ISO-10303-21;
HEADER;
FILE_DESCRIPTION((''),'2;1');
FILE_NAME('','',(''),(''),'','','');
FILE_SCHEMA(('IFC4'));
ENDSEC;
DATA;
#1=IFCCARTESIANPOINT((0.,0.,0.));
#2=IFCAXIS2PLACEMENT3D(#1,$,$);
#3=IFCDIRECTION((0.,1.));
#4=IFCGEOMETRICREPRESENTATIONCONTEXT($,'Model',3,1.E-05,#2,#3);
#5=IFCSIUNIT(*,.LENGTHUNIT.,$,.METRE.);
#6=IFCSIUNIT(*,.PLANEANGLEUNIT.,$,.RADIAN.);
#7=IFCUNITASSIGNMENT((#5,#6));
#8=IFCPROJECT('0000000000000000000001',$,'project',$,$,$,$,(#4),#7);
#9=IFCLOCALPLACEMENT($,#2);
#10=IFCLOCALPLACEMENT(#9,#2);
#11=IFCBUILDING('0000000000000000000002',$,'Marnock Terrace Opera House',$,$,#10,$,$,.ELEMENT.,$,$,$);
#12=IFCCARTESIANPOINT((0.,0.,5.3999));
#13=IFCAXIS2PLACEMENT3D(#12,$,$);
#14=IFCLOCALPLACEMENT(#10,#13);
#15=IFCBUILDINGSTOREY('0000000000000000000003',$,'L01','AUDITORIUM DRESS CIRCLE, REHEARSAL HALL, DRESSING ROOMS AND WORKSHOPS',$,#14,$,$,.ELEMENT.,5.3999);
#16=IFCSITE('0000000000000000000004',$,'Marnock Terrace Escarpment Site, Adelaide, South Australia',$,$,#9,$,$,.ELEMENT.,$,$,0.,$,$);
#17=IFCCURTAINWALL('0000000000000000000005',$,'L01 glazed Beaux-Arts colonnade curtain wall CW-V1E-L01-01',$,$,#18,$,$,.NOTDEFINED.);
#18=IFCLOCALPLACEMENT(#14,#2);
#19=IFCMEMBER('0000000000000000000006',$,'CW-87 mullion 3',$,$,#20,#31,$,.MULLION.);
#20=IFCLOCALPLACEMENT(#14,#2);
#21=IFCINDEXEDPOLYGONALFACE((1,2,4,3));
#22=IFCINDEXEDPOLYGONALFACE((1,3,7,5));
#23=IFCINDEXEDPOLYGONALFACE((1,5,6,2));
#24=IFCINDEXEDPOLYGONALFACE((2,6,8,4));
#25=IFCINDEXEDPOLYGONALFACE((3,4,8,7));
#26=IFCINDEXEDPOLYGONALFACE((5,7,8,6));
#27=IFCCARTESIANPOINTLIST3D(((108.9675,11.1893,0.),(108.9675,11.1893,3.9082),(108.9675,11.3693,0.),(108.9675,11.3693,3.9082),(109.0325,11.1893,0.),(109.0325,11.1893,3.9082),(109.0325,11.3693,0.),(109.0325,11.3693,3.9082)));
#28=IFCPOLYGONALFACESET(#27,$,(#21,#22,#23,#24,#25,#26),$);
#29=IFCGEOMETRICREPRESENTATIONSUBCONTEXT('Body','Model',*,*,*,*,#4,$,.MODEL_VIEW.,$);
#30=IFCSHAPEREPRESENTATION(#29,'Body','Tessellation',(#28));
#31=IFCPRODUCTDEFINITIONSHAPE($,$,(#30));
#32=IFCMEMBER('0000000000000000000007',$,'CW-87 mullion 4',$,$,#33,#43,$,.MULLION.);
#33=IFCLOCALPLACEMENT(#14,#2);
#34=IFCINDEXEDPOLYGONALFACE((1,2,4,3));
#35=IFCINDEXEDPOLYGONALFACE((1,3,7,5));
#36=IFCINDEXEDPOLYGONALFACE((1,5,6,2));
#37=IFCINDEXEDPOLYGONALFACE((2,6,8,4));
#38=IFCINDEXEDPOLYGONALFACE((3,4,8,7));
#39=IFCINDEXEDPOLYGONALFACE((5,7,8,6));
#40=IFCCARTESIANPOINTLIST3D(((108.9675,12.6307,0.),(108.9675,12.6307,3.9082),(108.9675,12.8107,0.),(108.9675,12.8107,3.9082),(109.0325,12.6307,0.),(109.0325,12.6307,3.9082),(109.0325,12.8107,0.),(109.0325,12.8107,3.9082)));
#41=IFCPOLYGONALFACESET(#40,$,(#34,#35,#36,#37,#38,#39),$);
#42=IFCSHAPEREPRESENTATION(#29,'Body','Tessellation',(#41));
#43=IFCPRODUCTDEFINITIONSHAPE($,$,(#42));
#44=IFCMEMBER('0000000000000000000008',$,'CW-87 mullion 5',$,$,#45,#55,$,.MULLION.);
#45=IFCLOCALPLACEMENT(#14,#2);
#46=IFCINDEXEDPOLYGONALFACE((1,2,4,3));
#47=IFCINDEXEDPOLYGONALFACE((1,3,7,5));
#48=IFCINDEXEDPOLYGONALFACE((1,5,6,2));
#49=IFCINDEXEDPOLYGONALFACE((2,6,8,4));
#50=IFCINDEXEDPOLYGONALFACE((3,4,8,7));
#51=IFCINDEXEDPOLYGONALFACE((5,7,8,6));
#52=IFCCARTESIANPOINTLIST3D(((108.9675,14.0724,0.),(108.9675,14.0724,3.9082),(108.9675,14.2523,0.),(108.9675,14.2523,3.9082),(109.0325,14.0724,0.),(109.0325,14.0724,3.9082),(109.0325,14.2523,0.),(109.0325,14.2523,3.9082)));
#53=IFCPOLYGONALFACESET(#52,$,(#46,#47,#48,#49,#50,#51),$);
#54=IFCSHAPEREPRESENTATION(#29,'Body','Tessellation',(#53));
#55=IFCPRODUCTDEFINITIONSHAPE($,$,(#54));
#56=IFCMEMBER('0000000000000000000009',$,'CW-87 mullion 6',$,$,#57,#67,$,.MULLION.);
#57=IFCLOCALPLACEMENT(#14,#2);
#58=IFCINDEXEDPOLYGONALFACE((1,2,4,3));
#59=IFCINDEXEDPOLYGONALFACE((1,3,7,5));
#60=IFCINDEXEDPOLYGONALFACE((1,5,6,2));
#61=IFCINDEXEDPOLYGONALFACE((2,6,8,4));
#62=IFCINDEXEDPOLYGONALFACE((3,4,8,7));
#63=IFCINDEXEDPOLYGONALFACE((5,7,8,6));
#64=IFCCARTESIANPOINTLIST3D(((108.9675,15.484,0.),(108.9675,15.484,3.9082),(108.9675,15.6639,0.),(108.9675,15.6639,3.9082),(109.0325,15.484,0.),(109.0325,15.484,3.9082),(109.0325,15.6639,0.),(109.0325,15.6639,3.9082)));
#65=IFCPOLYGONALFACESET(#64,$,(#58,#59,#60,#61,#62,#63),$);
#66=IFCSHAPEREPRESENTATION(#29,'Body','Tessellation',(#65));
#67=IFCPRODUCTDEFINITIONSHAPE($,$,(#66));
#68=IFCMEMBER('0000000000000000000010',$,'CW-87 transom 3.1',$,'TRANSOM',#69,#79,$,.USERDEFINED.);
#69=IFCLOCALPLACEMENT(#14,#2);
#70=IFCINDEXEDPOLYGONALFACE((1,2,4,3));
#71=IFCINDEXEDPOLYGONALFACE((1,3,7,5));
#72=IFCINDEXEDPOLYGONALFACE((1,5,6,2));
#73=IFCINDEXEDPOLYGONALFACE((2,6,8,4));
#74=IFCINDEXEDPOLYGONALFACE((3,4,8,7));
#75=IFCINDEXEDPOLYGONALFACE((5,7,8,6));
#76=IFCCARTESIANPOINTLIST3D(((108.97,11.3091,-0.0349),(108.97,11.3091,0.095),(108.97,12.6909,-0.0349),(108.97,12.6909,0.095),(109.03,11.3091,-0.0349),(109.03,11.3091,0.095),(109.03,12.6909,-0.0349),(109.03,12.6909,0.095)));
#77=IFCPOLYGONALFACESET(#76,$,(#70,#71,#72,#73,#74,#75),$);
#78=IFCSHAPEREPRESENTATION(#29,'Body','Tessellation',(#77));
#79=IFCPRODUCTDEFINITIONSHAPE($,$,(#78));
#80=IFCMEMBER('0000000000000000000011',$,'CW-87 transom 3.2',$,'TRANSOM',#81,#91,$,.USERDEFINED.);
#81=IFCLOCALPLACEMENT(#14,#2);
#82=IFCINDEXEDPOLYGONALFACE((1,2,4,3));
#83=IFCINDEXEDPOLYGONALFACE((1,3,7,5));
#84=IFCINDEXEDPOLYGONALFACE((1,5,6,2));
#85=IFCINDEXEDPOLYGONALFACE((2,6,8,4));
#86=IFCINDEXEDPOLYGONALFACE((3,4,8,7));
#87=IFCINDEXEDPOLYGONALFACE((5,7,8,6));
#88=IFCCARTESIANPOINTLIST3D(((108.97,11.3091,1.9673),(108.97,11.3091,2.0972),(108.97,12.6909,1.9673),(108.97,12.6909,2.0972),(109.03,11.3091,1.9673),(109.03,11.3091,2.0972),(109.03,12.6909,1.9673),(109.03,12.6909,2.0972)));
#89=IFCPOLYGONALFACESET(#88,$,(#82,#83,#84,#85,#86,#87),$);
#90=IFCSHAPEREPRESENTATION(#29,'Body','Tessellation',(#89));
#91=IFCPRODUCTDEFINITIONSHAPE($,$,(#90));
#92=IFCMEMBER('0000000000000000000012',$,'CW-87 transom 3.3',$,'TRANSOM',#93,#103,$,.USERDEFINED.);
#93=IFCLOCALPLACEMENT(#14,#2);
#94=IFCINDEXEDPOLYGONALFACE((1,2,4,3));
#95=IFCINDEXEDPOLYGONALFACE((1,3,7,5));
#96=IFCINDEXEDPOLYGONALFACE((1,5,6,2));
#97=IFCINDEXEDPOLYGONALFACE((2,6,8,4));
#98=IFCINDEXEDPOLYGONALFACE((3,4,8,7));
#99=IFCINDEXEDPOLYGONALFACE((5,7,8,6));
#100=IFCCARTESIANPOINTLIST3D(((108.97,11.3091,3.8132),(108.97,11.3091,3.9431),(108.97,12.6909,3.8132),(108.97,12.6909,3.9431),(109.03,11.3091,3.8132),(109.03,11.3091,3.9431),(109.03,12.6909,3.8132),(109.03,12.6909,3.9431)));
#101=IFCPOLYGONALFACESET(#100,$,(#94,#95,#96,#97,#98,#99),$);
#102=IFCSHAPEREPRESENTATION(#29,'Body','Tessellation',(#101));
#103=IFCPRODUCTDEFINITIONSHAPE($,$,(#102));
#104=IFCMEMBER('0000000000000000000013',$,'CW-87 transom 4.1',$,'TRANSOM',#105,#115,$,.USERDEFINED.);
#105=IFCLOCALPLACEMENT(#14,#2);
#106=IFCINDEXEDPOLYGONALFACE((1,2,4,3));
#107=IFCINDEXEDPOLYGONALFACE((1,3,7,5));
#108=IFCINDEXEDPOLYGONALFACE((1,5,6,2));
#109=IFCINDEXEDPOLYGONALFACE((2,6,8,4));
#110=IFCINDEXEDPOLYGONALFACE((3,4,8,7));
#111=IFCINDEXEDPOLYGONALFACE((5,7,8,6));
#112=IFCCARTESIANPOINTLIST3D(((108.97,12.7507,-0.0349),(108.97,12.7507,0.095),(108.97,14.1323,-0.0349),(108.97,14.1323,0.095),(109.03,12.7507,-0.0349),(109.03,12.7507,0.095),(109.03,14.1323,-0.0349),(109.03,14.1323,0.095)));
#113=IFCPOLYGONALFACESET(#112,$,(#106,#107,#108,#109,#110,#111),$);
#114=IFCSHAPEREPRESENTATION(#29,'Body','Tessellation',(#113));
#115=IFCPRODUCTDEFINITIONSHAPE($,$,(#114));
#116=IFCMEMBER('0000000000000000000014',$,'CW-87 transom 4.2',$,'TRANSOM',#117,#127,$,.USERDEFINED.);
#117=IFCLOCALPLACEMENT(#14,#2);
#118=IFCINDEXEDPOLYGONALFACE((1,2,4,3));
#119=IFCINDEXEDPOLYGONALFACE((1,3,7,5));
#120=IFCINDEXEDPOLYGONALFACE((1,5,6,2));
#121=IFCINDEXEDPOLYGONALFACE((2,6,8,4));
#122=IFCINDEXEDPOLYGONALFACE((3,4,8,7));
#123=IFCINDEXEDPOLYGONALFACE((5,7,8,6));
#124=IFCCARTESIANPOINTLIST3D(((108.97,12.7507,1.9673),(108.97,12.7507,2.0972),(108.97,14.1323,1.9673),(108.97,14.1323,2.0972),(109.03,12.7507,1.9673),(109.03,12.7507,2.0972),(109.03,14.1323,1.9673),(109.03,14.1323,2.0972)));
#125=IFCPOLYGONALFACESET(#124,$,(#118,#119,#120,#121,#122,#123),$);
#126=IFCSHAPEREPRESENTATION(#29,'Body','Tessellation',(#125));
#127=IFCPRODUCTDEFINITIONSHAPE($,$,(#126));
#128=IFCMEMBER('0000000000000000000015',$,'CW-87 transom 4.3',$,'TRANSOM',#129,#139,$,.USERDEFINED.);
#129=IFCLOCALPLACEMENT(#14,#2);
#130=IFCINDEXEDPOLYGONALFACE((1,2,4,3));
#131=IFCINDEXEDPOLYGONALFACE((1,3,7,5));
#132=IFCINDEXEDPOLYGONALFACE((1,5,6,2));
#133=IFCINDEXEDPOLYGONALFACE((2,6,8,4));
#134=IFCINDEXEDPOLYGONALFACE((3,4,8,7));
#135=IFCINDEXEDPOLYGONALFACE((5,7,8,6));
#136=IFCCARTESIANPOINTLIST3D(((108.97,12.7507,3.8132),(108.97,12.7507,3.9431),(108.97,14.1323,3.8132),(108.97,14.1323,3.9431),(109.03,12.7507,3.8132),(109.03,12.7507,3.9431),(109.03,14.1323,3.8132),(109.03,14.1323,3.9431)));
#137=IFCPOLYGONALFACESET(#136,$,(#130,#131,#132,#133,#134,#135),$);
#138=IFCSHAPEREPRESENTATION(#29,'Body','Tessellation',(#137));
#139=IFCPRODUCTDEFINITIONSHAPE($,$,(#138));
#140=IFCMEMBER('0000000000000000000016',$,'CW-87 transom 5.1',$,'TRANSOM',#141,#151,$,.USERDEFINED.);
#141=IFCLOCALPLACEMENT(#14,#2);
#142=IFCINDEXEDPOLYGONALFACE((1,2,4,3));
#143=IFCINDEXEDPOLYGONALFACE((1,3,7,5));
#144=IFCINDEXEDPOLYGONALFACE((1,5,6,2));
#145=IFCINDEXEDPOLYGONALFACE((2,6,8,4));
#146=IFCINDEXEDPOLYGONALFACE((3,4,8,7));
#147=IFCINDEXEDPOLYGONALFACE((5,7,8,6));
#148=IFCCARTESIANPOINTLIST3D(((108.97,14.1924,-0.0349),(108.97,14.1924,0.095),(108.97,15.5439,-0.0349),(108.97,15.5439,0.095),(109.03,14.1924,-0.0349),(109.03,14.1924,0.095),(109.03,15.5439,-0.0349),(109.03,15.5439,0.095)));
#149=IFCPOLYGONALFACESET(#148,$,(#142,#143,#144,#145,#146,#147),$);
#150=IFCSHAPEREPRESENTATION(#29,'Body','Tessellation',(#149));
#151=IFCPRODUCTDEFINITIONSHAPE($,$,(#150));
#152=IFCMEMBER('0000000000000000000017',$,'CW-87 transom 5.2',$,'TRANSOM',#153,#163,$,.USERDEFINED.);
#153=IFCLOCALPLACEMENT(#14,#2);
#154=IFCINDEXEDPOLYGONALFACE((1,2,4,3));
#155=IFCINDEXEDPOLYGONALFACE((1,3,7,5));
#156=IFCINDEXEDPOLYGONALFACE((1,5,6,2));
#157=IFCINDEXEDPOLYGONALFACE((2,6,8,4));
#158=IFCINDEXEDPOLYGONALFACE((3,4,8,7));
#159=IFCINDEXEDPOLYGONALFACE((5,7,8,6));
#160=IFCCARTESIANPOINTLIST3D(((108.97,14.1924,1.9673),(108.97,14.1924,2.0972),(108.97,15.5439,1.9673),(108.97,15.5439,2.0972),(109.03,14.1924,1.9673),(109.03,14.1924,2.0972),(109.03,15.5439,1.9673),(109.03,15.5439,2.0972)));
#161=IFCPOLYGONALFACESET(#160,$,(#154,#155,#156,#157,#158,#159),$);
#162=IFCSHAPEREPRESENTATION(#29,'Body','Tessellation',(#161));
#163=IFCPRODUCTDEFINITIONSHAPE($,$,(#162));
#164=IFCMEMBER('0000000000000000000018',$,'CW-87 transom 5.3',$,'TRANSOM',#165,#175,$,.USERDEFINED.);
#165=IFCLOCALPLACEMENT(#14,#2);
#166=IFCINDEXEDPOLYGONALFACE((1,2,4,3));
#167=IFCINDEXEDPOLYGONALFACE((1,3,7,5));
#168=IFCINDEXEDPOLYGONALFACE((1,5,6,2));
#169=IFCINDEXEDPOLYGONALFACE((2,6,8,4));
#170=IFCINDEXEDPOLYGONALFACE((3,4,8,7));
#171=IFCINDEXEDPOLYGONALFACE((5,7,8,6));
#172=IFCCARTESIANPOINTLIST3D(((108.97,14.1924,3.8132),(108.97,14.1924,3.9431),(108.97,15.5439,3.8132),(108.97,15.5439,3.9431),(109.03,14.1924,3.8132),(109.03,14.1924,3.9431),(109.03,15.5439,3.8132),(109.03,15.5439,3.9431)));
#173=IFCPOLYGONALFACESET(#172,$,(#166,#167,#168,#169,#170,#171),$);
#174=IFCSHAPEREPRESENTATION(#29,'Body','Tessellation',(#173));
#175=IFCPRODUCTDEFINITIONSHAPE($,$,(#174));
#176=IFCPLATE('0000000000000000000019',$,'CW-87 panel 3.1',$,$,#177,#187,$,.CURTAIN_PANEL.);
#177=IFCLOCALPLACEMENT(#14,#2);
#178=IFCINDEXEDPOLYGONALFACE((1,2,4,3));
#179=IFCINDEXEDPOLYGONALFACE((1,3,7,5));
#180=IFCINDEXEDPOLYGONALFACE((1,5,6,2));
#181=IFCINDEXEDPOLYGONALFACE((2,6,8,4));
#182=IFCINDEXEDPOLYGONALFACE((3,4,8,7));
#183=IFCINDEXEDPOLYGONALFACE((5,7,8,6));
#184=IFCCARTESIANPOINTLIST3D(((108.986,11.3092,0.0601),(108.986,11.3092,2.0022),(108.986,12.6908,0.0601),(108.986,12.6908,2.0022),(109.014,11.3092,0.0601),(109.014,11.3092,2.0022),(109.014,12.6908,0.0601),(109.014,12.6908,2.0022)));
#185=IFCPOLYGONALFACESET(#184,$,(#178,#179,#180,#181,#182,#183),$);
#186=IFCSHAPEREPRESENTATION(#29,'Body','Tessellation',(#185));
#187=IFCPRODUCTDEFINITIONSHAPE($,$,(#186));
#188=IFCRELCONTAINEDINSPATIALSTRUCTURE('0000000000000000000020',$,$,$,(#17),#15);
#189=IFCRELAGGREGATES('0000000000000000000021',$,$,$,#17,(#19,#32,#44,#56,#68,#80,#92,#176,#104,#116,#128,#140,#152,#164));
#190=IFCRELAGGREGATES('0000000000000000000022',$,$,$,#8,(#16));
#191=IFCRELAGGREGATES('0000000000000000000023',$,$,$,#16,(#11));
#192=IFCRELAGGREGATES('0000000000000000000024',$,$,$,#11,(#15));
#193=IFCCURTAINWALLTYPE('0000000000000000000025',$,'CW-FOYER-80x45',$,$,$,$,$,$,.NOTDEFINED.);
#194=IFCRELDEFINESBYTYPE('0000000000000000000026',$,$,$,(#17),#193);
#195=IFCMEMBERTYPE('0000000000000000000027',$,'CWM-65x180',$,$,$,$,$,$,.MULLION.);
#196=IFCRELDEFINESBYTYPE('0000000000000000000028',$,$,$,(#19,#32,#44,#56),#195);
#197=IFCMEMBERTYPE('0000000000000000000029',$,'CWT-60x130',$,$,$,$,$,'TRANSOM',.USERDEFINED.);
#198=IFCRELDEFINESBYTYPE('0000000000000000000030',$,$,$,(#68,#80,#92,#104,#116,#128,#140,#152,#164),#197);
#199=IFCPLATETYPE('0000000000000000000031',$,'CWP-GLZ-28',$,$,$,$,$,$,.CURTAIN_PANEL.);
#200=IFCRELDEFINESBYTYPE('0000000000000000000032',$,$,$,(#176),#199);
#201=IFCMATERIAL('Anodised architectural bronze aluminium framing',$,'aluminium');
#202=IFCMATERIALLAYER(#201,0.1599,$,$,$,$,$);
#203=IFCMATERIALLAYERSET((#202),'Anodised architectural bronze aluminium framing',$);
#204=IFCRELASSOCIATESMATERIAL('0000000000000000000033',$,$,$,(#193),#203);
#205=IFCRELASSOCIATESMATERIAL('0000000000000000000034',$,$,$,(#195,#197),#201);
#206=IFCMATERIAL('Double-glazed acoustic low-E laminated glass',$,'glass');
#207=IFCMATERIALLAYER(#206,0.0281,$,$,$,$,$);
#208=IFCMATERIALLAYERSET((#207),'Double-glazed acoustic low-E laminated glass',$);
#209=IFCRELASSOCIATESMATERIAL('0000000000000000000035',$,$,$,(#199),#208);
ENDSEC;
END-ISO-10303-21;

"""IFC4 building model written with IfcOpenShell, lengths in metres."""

from ifc_helpers import new_model, si_unit, direction, frame, origin, origin_2d, place, context, subcontext, project, spatial, rectangle, extrude, material, layer, layer_set, material_profile, profile_set, type_object, element, aggregate, save


model = new_model("IFC4")

# Units and contexts
model_context = context("Model", 3, precision=1e-05, world=origin(), true_north=direction((0.0, 1.0)))
body_context = subcontext(model_context, "Body", "Model", "MODEL_VIEW")
ifc_project = project(units=[si_unit("LENGTHUNIT", "METRE"), si_unit("PLANEANGLEUNIT", "RADIAN")], contexts=[model_context])

# Site, building, storey
site_placement = place(None, origin())
site = spatial("IfcSite", under=ifc_project, at=site_placement, Name="Marnock Terrace Escarpment Site, Adelaide, South Australia", CompositionType="ELEMENT", RefElevation=0.0)
building_placement = place(site_placement, origin())
building = spatial("IfcBuilding", under=site, at=building_placement, Name="Marnock Terrace Opera House", CompositionType="ELEMENT")
storey_placement = place(building_placement, frame((0.0, 0.0, 5.3999)))
storey = spatial("IfcBuildingStorey", under=building, at=storey_placement, Name="L01", Description="AUDITORIUM DRESS CIRCLE, REHEARSAL HALL, DRESSING ROOMS AND WORKSHOPS", CompositionType="ELEMENT", Elevation=5.3999)

# Curtain wall, members, plate
ifc_material_1 = material(Name="Anodised architectural bronze aluminium framing", Category="aluminium")
ifc_layer_1 = layer(ifc_material_1, 0.1599)
ifc_layer_set_1 = layer_set([ifc_layer_1], Name="Anodised architectural bronze aluminium framing")
curtain_wall_type = type_object("IfcCurtainWallType", Name="CW-FOYER-80x45", PredefinedType="NOTDEFINED", material=ifc_layer_set_1)
curtain_wall_placement = place(storey_placement, origin())
curtain_wall = element("IfcCurtainWall", 1, at=curtain_wall_placement, inside=storey, type_object=curtain_wall_type, Name="L01 glazed Beaux-Arts colonnade curtain wall CW-V1E-L01-01", PredefinedType="NOTDEFINED")
ifc_material_profile_1 = material_profile(ifc_material_1, rectangle(XDim=0.0649, YDim=0.1799, at=origin_2d()))
ifc_profile_set_1 = profile_set([ifc_material_profile_1], Name="Anodised architectural bronze aluminium framing")
member_type_1 = type_object("IfcMemberType", Name="CWM-65x180", PredefinedType="MULLION", material=ifc_profile_set_1)
member_1_placement = place(storey_placement, frame((109.0, 11.2793, 0.0), z_axis=(0.0, 0.0, 1.0), x_axis=(-1.0, 0.0, 0.0)))
member_1 = element("IfcMember", 2, at=member_1_placement, type_object=member_type_1, Name="CW-87 mullion 3", PredefinedType="MULLION", context=body_context, shape_type="SweptSolid", body=[
    extrude(rectangle(XDim=0.0649, YDim=0.1799, at=origin_2d()), origin(), (0.0, 0.0, 1.0), 3.9082),
])
member_2_placement = place(storey_placement, frame((109.0, 12.7207, 0.0), z_axis=(0.0, 0.0, 1.0), x_axis=(-1.0, 0.0, 0.0)))
member_2 = element("IfcMember", 3, at=member_2_placement, type_object=member_type_1, Name="CW-87 mullion 4", PredefinedType="MULLION", context=body_context, shape_type="SweptSolid", body=[
    extrude(rectangle(XDim=0.0649, YDim=0.1799, at=origin_2d()), origin(), (0.0, 0.0, 1.0), 3.9082),
])
member_3_placement = place(storey_placement, frame((109.0, 14.1624, 0.0), z_axis=(0.0, 0.0, 1.0), x_axis=(-1.0, 0.0, 0.0)))
member_3 = element("IfcMember", 4, at=member_3_placement, type_object=member_type_1, Name="CW-87 mullion 5", PredefinedType="MULLION", context=body_context, shape_type="SweptSolid", body=[
    extrude(rectangle(XDim=0.0649, YDim=0.1799, at=origin_2d()), origin(), (0.0, 0.0, 1.0), 3.9082),
])
member_4_placement = place(storey_placement, frame((109.0, 15.574, 0.0), z_axis=(0.0, 0.0, 1.0), x_axis=(-1.0, 0.0, 0.0)))
member_4 = element("IfcMember", 5, at=member_4_placement, type_object=member_type_1, Name="CW-87 mullion 6", PredefinedType="MULLION", context=body_context, shape_type="SweptSolid", body=[
    extrude(rectangle(XDim=0.0649, YDim=0.1799, at=origin_2d()), origin(), (0.0, 0.0, 1.0), 3.9082),
])
ifc_material_profile_2 = material_profile(ifc_material_1, rectangle(XDim=0.0601, YDim=0.1299, at=origin_2d()))
ifc_profile_set_2 = profile_set([ifc_material_profile_2], Name="Anodised architectural bronze aluminium framing")
member_type_2 = type_object("IfcMemberType", Name="CWT-60x130", ElementType="TRANSOM", PredefinedType="USERDEFINED", material=ifc_profile_set_2)
member_5_placement = place(storey_placement, frame((109.0, 11.3091, 0.03), z_axis=(0.0, 1.0, 0.0), x_axis=(-1.0, 0.0, 0.0)))
member_5 = element("IfcMember", 6, at=member_5_placement, type_object=member_type_2, Name="CW-87 transom 3.1", ObjectType="TRANSOM", PredefinedType="USERDEFINED", context=body_context, shape_type="SweptSolid", body=[
    extrude(rectangle(XDim=0.0601, YDim=0.1299, at=origin_2d()), origin(), (0.0, 0.0, 1.0), 1.3818),
])
member_6_placement = place(storey_placement, frame((109.0, 11.3091, 2.0322), z_axis=(0.0, 1.0, 0.0), x_axis=(-1.0, 0.0, 0.0)))
member_6 = element("IfcMember", 7, at=member_6_placement, type_object=member_type_2, Name="CW-87 transom 3.2", ObjectType="TRANSOM", PredefinedType="USERDEFINED", context=body_context, shape_type="SweptSolid", body=[
    extrude(rectangle(XDim=0.0601, YDim=0.1299, at=origin_2d()), origin(), (0.0, 0.0, 1.0), 1.3818),
])
member_7_placement = place(storey_placement, frame((109.0, 11.3091, 3.8782), z_axis=(0.0, 1.0, 0.0), x_axis=(-1.0, 0.0, 0.0)))
member_7 = element("IfcMember", 8, at=member_7_placement, type_object=member_type_2, Name="CW-87 transom 3.3", ObjectType="TRANSOM", PredefinedType="USERDEFINED", context=body_context, shape_type="SweptSolid", body=[
    extrude(rectangle(XDim=0.0601, YDim=0.1299, at=origin_2d()), origin(), (0.0, 0.0, 1.0), 1.3818),
])
member_8_placement = place(storey_placement, frame((109.0, 12.7507, 0.03), z_axis=(0.0, 1.0, 0.0), x_axis=(-1.0, 0.0, 0.0)))
member_8 = element("IfcMember", 9, at=member_8_placement, type_object=member_type_2, Name="CW-87 transom 4.1", ObjectType="TRANSOM", PredefinedType="USERDEFINED", context=body_context, shape_type="SweptSolid", body=[
    extrude(rectangle(XDim=0.0601, YDim=0.1299, at=origin_2d()), origin(), (0.0, 0.0, 1.0), 1.3816),
])
member_9_placement = place(storey_placement, frame((109.0, 12.7507, 2.0322), z_axis=(0.0, 1.0, 0.0), x_axis=(-1.0, 0.0, 0.0)))
member_9 = element("IfcMember", 10, at=member_9_placement, type_object=member_type_2, Name="CW-87 transom 4.2", ObjectType="TRANSOM", PredefinedType="USERDEFINED", context=body_context, shape_type="SweptSolid", body=[
    extrude(rectangle(XDim=0.0601, YDim=0.1299, at=origin_2d()), origin(), (0.0, 0.0, 1.0), 1.3816),
])
member_10_placement = place(storey_placement, frame((109.0, 12.7507, 3.8782), z_axis=(0.0, 1.0, 0.0), x_axis=(-1.0, 0.0, 0.0)))
member_10 = element("IfcMember", 11, at=member_10_placement, type_object=member_type_2, Name="CW-87 transom 4.3", ObjectType="TRANSOM", PredefinedType="USERDEFINED", context=body_context, shape_type="SweptSolid", body=[
    extrude(rectangle(XDim=0.0601, YDim=0.1299, at=origin_2d()), origin(), (0.0, 0.0, 1.0), 1.3816),
])
member_11_placement = place(storey_placement, frame((109.0, 14.1924, 0.03), z_axis=(0.0, 1.0, 0.0), x_axis=(-1.0, 0.0, 0.0)))
member_11 = element("IfcMember", 12, at=member_11_placement, type_object=member_type_2, Name="CW-87 transom 5.1", ObjectType="TRANSOM", PredefinedType="USERDEFINED", context=body_context, shape_type="SweptSolid", body=[
    extrude(rectangle(XDim=0.0601, YDim=0.1299, at=origin_2d()), origin(), (0.0, 0.0, 1.0), 1.3516),
])
member_12_placement = place(storey_placement, frame((109.0, 14.1924, 2.0322), z_axis=(0.0, 1.0, 0.0), x_axis=(-1.0, 0.0, 0.0)))
member_12 = element("IfcMember", 13, at=member_12_placement, type_object=member_type_2, Name="CW-87 transom 5.2", ObjectType="TRANSOM", PredefinedType="USERDEFINED", context=body_context, shape_type="SweptSolid", body=[
    extrude(rectangle(XDim=0.0601, YDim=0.1299, at=origin_2d()), origin(), (0.0, 0.0, 1.0), 1.3516),
])
member_13_placement = place(storey_placement, frame((109.0, 14.1924, 3.8782), z_axis=(0.0, 1.0, 0.0), x_axis=(-1.0, 0.0, 0.0)))
member_13 = element("IfcMember", 14, at=member_13_placement, type_object=member_type_2, Name="CW-87 transom 5.3", ObjectType="TRANSOM", PredefinedType="USERDEFINED", context=body_context, shape_type="SweptSolid", body=[
    extrude(rectangle(XDim=0.0601, YDim=0.1299, at=origin_2d()), origin(), (0.0, 0.0, 1.0), 1.3516),
])
ifc_material_2 = material(Name="Double-glazed acoustic low-E laminated glass", Category="glass")
ifc_layer_2 = layer(ifc_material_2, 0.0281)
ifc_layer_set_2 = layer_set([ifc_layer_2], Name="Double-glazed acoustic low-E laminated glass")
plate_type = type_object("IfcPlateType", Name="CWP-GLZ-28", PredefinedType="CURTAIN_PANEL", material=ifc_layer_set_2)
plate_1_placement = place(storey_placement, frame((109.0, 12.0, 0.0601), z_axis=(0.0, 0.0, 1.0), x_axis=(0.0, 1.0, 0.0)))
plate_1 = element("IfcPlate", 15, at=plate_1_placement, type_object=plate_type, Name="CW-87 panel 3.1", PredefinedType="CURTAIN_PANEL", context=body_context, shape_type="SweptSolid", body=[
    extrude(rectangle(XDim=1.3816, YDim=0.0281, at=origin_2d()), origin(), (0.0, 0.0, 1.0), 1.9421),
])
aggregate(curtain_wall, [member_1, member_2, member_3, member_4, member_5, member_6, member_7, plate_1, member_8, member_9, member_10, member_11, member_12, member_13])

save(model, "model.ifc")
